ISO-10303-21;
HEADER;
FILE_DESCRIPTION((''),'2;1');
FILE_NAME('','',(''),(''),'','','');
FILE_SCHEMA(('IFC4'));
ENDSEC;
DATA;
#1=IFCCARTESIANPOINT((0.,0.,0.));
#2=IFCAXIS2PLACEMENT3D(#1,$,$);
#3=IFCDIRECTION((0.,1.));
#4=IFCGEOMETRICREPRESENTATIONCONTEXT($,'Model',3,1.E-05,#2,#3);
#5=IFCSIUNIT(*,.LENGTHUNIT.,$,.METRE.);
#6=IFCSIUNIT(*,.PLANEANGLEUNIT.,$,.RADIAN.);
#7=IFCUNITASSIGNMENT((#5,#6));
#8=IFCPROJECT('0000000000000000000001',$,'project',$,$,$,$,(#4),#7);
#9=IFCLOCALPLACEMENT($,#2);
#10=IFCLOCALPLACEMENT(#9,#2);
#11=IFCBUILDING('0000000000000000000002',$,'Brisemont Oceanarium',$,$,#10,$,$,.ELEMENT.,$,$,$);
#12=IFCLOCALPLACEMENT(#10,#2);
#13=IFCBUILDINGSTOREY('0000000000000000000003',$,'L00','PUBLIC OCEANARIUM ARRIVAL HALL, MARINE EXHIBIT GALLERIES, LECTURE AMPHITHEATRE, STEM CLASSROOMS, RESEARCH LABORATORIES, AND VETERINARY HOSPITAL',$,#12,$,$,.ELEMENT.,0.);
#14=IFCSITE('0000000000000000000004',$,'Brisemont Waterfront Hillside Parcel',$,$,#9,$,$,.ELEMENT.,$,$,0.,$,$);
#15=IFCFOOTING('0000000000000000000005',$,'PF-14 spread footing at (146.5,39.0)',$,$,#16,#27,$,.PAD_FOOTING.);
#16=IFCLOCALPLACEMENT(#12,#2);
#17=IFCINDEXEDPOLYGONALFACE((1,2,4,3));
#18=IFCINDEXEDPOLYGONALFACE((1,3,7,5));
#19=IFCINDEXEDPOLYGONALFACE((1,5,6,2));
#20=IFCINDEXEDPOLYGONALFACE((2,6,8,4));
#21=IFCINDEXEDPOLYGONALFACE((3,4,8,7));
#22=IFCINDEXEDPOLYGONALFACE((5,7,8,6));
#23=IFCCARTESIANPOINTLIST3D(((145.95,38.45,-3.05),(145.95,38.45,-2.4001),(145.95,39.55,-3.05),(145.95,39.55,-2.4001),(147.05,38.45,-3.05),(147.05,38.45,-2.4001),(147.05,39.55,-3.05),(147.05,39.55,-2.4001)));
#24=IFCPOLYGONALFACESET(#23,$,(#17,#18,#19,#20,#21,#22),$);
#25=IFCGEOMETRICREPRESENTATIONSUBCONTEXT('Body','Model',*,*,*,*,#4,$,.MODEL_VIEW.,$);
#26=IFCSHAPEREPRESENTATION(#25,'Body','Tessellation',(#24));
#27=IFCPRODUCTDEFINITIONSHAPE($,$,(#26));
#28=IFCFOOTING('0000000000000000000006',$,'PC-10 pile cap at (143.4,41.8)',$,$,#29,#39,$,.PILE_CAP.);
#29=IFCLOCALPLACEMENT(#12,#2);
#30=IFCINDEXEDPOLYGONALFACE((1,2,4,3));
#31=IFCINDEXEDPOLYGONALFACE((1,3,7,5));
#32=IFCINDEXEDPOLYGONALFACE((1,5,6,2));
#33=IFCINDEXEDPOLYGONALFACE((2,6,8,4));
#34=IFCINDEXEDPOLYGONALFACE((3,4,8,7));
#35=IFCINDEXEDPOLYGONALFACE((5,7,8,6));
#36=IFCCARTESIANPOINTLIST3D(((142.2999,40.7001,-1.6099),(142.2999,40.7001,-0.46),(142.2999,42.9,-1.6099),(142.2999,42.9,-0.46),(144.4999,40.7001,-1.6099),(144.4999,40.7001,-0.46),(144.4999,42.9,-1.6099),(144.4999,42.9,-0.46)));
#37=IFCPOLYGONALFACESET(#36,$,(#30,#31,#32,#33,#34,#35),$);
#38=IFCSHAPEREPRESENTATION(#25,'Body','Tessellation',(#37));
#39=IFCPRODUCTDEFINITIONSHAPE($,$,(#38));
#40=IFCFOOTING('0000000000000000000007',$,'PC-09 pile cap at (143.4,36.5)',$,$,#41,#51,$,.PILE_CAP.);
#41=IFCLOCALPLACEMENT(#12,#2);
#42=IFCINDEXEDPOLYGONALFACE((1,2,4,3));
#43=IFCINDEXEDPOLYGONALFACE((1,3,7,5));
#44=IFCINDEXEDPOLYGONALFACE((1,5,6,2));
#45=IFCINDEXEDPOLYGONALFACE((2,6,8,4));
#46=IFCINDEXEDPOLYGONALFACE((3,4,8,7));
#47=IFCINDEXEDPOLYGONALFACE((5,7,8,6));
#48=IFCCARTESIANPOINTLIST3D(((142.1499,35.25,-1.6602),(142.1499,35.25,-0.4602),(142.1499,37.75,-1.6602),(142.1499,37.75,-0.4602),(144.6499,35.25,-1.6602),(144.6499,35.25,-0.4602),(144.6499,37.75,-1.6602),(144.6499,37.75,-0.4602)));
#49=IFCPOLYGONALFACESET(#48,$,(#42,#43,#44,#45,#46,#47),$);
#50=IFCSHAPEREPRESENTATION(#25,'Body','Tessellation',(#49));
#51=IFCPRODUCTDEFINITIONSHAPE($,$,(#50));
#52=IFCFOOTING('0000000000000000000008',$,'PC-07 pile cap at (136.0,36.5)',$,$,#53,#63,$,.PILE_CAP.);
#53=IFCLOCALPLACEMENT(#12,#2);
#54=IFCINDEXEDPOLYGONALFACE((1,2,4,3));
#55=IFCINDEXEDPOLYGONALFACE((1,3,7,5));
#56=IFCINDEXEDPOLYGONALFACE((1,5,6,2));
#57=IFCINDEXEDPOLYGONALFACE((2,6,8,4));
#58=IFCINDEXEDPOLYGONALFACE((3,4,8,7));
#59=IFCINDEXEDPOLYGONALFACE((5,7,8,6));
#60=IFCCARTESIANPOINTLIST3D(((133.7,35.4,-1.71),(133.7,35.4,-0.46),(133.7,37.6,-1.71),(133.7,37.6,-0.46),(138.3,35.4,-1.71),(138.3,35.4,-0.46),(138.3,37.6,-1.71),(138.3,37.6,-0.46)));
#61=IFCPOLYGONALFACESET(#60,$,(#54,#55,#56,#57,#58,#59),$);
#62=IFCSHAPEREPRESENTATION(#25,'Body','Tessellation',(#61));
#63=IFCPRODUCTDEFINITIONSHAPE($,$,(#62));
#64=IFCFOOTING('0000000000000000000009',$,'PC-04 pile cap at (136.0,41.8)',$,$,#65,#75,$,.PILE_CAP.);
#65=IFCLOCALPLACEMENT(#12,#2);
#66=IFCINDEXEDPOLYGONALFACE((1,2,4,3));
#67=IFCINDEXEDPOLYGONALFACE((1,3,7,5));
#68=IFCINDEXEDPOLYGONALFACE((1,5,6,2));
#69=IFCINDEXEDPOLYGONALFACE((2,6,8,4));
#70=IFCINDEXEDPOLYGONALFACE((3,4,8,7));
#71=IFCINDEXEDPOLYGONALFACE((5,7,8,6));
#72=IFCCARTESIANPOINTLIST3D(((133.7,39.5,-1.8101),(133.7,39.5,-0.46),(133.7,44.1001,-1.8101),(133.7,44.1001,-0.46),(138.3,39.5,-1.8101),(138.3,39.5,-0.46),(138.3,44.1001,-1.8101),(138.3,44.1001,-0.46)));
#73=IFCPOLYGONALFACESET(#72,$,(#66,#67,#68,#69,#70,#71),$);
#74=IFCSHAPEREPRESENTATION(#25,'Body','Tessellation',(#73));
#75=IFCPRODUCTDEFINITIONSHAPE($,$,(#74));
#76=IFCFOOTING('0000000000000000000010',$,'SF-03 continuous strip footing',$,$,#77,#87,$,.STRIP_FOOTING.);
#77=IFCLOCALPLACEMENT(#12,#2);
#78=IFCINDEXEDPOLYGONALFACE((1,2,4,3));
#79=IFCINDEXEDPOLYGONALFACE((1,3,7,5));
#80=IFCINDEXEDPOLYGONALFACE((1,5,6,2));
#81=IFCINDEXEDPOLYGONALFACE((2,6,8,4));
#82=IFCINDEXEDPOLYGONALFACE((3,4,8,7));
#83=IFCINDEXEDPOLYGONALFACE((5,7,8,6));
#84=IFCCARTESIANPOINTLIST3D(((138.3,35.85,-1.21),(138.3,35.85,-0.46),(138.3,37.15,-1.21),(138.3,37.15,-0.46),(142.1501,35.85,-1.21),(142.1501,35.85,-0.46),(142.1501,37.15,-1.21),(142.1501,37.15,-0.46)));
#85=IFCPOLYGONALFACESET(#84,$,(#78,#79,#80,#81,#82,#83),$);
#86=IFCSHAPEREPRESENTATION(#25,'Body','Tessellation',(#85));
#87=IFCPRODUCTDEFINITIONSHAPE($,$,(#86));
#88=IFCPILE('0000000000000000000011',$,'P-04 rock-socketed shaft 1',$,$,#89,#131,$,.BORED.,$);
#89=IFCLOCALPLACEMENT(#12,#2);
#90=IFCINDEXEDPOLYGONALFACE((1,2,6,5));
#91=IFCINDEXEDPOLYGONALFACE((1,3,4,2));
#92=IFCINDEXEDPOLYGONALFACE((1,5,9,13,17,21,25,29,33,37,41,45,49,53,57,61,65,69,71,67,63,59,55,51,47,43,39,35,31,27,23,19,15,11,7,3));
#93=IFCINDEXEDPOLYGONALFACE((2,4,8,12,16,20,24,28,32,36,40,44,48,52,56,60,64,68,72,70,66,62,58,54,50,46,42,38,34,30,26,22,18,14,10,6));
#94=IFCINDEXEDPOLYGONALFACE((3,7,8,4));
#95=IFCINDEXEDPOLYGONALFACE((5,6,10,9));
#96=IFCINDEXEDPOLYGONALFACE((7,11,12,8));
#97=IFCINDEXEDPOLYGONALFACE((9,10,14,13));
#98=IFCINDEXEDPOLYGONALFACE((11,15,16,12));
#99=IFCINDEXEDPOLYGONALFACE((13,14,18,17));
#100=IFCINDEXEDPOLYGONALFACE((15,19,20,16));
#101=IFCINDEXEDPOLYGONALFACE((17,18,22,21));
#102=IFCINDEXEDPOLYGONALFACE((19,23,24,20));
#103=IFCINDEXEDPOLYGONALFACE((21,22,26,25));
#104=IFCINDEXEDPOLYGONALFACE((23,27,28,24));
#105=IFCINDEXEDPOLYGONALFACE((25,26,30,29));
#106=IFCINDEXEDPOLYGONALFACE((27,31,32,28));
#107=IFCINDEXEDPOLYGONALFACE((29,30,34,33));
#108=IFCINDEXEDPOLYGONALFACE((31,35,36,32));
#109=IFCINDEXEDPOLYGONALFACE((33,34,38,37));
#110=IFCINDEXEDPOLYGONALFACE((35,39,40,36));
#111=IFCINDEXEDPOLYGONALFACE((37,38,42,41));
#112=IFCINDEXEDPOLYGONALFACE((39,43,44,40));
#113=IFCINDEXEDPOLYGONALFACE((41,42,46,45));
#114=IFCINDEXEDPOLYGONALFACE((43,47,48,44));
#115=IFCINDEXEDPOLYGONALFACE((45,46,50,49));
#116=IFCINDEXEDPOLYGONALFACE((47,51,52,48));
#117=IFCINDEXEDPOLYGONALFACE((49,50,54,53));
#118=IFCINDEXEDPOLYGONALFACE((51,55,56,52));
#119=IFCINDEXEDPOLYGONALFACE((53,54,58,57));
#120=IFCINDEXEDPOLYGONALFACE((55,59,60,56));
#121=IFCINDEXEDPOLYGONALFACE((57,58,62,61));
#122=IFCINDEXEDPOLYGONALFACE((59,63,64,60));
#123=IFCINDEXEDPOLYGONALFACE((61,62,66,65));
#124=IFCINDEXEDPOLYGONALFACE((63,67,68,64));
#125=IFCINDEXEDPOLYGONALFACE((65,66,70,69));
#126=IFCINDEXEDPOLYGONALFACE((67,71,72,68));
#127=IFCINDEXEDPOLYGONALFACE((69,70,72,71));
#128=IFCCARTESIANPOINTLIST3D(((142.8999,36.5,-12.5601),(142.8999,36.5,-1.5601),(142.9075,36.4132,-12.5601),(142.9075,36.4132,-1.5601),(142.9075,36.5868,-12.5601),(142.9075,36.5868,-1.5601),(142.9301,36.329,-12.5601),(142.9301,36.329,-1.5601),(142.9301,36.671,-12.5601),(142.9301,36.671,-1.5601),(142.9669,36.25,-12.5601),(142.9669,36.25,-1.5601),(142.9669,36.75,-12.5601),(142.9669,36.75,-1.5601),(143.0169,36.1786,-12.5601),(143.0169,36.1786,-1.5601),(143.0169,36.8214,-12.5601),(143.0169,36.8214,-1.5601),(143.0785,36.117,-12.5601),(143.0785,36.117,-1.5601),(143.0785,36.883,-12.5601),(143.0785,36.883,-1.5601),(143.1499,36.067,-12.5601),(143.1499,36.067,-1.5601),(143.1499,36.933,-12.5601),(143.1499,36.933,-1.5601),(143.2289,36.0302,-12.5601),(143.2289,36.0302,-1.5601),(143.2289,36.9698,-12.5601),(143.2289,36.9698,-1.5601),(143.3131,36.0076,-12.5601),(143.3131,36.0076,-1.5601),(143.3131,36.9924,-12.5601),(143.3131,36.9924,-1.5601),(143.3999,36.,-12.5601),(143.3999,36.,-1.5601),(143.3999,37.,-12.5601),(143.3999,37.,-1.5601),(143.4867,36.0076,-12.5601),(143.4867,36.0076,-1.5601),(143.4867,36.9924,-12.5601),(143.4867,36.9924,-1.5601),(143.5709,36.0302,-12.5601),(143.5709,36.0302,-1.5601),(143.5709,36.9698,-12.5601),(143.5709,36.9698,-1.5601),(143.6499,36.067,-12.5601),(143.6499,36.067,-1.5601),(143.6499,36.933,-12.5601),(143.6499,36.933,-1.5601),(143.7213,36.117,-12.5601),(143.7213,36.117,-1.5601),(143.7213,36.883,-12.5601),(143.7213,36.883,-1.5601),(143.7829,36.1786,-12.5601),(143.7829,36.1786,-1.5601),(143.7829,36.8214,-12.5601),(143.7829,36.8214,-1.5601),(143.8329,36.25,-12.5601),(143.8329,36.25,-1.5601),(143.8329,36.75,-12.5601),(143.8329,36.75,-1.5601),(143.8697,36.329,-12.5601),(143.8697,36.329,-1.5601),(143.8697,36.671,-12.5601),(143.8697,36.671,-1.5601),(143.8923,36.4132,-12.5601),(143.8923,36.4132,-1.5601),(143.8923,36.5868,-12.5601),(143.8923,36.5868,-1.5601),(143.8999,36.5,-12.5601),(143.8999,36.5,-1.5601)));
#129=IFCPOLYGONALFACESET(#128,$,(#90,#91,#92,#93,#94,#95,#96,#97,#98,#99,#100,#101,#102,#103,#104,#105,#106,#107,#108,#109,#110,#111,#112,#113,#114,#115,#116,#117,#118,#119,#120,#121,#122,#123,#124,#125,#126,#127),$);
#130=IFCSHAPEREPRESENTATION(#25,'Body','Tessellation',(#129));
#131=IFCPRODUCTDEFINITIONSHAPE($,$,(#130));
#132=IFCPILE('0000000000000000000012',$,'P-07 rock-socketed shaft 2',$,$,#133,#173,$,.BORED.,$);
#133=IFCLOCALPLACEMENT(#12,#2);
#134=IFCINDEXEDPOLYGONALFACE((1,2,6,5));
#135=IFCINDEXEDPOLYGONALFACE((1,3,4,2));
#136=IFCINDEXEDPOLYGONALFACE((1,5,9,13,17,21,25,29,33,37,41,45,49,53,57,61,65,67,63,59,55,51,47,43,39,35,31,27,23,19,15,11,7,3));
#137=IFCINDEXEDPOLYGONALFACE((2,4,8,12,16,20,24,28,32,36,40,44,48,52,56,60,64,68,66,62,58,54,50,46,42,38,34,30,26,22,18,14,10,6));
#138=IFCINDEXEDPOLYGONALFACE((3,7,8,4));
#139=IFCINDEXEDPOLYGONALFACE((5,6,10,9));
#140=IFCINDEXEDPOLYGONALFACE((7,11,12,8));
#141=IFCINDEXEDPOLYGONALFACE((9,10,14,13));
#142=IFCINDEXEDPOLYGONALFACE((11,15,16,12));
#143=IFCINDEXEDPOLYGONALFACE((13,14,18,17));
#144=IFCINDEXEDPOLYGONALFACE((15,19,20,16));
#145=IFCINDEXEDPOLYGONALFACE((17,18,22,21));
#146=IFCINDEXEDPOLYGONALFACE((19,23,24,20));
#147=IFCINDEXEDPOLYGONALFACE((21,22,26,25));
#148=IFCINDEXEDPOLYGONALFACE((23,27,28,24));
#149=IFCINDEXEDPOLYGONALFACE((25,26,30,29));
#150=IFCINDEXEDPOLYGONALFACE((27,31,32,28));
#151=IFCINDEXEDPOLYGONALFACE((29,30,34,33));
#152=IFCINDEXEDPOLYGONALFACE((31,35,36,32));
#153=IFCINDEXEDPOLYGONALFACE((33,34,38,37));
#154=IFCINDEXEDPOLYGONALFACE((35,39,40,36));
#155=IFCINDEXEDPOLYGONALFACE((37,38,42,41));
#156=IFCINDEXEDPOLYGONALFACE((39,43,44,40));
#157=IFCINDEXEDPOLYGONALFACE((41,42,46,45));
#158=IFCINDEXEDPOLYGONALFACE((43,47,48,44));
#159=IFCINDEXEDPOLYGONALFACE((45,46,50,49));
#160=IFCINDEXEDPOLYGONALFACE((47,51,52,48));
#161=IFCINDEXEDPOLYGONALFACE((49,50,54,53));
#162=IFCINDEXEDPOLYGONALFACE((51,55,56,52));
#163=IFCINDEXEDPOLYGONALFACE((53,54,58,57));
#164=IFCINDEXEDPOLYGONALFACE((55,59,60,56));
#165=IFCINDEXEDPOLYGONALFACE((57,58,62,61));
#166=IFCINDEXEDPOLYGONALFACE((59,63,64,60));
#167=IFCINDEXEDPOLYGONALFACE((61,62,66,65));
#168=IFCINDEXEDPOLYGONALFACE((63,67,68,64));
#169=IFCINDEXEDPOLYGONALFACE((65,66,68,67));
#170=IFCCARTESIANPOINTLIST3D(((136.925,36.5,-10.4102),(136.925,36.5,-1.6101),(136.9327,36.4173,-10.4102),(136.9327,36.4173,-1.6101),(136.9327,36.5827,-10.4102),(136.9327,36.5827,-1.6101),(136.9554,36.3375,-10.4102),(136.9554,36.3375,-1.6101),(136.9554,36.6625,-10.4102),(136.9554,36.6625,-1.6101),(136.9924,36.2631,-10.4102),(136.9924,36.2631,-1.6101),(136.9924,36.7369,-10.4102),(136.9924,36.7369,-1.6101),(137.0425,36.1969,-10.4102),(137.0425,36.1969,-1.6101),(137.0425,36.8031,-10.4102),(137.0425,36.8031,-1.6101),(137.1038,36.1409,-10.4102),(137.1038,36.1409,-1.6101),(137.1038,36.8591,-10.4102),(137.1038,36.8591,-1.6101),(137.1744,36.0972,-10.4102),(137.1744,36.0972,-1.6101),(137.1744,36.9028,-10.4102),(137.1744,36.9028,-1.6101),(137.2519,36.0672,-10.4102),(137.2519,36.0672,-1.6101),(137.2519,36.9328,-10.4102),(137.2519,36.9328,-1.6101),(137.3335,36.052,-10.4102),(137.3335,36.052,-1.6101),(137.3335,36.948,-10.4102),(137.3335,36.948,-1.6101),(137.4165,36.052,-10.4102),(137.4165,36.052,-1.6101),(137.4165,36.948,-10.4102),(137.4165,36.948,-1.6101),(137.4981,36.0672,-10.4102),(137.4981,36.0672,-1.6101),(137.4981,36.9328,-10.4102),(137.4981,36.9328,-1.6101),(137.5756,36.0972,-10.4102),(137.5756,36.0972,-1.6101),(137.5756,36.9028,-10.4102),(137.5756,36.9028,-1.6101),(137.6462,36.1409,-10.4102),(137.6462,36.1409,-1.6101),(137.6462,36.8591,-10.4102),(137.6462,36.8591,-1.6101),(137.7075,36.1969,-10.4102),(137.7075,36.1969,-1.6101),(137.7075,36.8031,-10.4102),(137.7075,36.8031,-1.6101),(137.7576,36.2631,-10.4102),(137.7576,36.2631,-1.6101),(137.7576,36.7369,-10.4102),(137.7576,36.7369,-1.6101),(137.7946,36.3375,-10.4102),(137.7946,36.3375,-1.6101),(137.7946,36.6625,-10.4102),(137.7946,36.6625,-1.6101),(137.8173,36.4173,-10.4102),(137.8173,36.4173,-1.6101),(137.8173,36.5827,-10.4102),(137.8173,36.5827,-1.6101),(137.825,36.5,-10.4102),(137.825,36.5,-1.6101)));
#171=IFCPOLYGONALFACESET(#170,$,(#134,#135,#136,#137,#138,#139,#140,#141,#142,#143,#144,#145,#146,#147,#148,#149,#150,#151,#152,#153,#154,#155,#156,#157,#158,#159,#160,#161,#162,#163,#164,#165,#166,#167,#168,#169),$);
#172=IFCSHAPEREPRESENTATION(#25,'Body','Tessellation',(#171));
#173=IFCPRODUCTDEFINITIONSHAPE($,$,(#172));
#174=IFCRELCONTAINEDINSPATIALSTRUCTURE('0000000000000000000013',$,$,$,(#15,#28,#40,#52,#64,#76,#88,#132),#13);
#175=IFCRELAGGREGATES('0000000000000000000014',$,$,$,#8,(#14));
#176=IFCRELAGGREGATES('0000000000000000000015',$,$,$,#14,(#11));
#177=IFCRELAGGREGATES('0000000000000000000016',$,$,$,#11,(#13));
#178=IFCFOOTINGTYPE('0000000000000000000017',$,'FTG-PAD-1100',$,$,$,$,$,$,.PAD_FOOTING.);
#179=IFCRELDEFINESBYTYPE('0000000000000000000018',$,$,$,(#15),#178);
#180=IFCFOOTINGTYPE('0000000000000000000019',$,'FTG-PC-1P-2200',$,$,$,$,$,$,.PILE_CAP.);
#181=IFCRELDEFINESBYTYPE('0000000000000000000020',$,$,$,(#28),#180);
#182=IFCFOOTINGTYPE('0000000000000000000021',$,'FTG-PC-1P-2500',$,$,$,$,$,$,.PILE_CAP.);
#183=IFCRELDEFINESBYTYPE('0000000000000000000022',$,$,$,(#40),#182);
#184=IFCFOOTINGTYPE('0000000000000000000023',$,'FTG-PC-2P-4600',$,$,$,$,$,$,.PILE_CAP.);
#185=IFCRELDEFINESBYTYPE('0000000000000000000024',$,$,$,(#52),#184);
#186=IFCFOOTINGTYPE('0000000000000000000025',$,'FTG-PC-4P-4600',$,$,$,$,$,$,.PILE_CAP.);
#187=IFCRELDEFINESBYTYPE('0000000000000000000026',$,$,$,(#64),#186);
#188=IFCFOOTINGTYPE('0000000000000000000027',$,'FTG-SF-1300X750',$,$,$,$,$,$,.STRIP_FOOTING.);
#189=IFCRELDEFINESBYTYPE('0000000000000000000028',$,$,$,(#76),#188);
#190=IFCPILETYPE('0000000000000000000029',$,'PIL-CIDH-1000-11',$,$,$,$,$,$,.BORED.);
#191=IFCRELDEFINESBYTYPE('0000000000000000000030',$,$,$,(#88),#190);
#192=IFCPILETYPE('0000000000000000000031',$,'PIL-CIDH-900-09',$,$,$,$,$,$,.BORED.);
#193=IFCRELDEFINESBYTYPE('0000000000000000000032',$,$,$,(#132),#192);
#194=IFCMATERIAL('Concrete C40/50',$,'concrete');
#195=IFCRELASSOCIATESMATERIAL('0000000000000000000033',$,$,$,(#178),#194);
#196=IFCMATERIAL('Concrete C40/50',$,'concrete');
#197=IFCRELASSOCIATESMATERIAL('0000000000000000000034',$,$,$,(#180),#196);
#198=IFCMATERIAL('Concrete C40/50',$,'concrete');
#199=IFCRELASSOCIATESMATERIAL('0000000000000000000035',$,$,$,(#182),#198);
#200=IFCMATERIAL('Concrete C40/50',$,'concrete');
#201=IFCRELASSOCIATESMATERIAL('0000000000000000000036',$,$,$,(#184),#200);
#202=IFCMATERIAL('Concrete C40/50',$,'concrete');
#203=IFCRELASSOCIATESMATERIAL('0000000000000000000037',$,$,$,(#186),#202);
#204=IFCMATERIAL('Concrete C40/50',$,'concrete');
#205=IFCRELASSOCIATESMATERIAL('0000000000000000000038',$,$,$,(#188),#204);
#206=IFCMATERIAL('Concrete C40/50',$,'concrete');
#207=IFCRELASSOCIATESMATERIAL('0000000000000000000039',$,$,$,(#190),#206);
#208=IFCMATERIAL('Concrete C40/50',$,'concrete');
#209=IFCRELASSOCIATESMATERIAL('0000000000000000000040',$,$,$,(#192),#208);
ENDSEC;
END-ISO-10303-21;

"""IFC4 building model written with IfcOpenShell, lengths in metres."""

from ifc_helpers import new_model, si_unit, direction, frame, origin, origin_2d, place, context, subcontext, project, spatial, rectangle, circle, extrude, material, material_profile, profile_set, type_object, element, save


model = new_model("IFC4")

# Units and contexts
model_context = context("Model", 3, precision=1e-05, world=origin(), true_north=direction((0.0, 1.0)))
body_context = subcontext(model_context, "Body", "Model", "MODEL_VIEW")
ifc_project = project(units=[si_unit("LENGTHUNIT", "METRE"), si_unit("PLANEANGLEUNIT", "RADIAN")], contexts=[model_context])

# Site, building, storey
site_placement = place(None, origin())
site = spatial("IfcSite", under=ifc_project, at=site_placement, Name="Brisemont Waterfront Hillside Parcel", CompositionType="ELEMENT", RefElevation=0.0)
building_placement = place(site_placement, origin())
building = spatial("IfcBuilding", under=site, at=building_placement, Name="Brisemont Oceanarium", CompositionType="ELEMENT")
storey_placement = place(building_placement, origin())
storey = spatial("IfcBuildingStorey", under=building, at=storey_placement, Name="L00", Description="PUBLIC OCEANARIUM ARRIVAL HALL, MARINE EXHIBIT GALLERIES, LECTURE AMPHITHEATRE, STEM CLASSROOMS, RESEARCH LABORATORIES, AND VETERINARY HOSPITAL", CompositionType="ELEMENT", Elevation=0.0)

# Footings
ifc_material_1 = material(Name="Concrete C40/50", Category="concrete")
footing_type_1 = type_object("IfcFootingType", Name="FTG-PAD-1100", PredefinedType="PAD_FOOTING", material=ifc_material_1)
footing_1_placement = place(storey_placement, frame((146.5, 39.0, -3.05), z_axis=(0.0, 0.0, 1.0), x_axis=(1.0, 0.0, 0.0)))
element("IfcFooting", 1, at=footing_1_placement, inside=storey, type_object=footing_type_1, Name="PF-14 spread footing at (146.5,39.0)", PredefinedType="PAD_FOOTING", context=body_context, shape_type="SweptSolid", body=[
    extrude(rectangle(XDim=1.1001, YDim=1.1001, at=origin_2d()), origin(), (0.0, 0.0, 1.0), 0.6499),
])
ifc_material_2 = material(Name="Concrete C40/50", Category="concrete")
footing_type_2 = type_object("IfcFootingType", Name="FTG-PC-1P-2200", PredefinedType="PILE_CAP", material=ifc_material_2)
footing_2_placement = place(storey_placement, frame((143.3999, 41.8, -1.6099), z_axis=(0.0, 0.0, 1.0), x_axis=(1.0, 0.0, 0.0)))
element("IfcFooting", 2, at=footing_2_placement, inside=storey, type_object=footing_type_2, Name="PC-10 pile cap at (143.4,41.8)", PredefinedType="PILE_CAP", context=body_context, shape_type="SweptSolid", body=[
    extrude(rectangle(XDim=2.2, YDim=2.2, at=origin_2d()), origin(), (0.0, 0.0, 1.0), 1.1499),
])
ifc_material_3 = material(Name="Concrete C40/50", Category="concrete")
footing_type_3 = type_object("IfcFootingType", Name="FTG-PC-1P-2500", PredefinedType="PILE_CAP", material=ifc_material_3)
footing_3_placement = place(storey_placement, frame((143.3999, 36.5, -1.6602), z_axis=(0.0, 0.0, 1.0), x_axis=(1.0, 0.0, 0.0)))
element("IfcFooting", 3, at=footing_3_placement, inside=storey, type_object=footing_type_3, Name="PC-09 pile cap at (143.4,36.5)", PredefinedType="PILE_CAP", context=body_context, shape_type="SweptSolid", body=[
    extrude(rectangle(XDim=2.5, YDim=2.5, at=origin_2d()), origin(), (0.0, 0.0, 1.0), 1.2),
])
ifc_material_4 = material(Name="Concrete C40/50", Category="concrete")
footing_type_4 = type_object("IfcFootingType", Name="FTG-PC-2P-4600", PredefinedType="PILE_CAP", material=ifc_material_4)
footing_4_placement = place(storey_placement, frame((136.0, 36.5, -1.71), z_axis=(0.0, 0.0, 1.0), x_axis=(1.0, 0.0, 0.0)))
element("IfcFooting", 4, at=footing_4_placement, inside=storey, type_object=footing_type_4, Name="PC-07 pile cap at (136.0,36.5)", PredefinedType="PILE_CAP", context=body_context, shape_type="SweptSolid", body=[
    extrude(rectangle(XDim=4.6001, YDim=2.2, at=origin_2d()), origin(), (0.0, 0.0, 1.0), 1.25),
])
ifc_material_5 = material(Name="Concrete C40/50", Category="concrete")
footing_type_5 = type_object("IfcFootingType", Name="FTG-PC-4P-4600", PredefinedType="PILE_CAP", material=ifc_material_5)
footing_5_placement = place(storey_placement, frame((136.0, 41.8, -1.8101), z_axis=(0.0, 0.0, 1.0), x_axis=(1.0, 0.0, 0.0)))
element("IfcFooting", 5, at=footing_5_placement, inside=storey, type_object=footing_type_5, Name="PC-04 pile cap at (136.0,41.8)", PredefinedType="PILE_CAP", context=body_context, shape_type="SweptSolid", body=[
    extrude(rectangle(XDim=4.6001, YDim=4.6001, at=origin_2d()), origin(), (0.0, 0.0, 1.0), 1.3501),
])
ifc_material_6 = material(Name="Concrete C40/50", Category="concrete")
footing_type_6 = type_object("IfcFootingType", Name="FTG-SF-1300X750", PredefinedType="STRIP_FOOTING", material=ifc_material_6)
footing_6_placement = place(storey_placement, frame((140.2251, 36.5, -1.21), z_axis=(0.0, 0.0, 1.0), x_axis=(1.0, 0.0, 0.0)))
element("IfcFooting", 6, at=footing_6_placement, inside=storey, type_object=footing_type_6, Name="SF-03 continuous strip footing", PredefinedType="STRIP_FOOTING", context=body_context, shape_type="SweptSolid", body=[
    extrude(rectangle(XDim=3.8501, YDim=1.3, at=origin_2d()), origin(), (0.0, 0.0, 1.0), 0.75),
])

# Piles
ifc_material_7 = material(Name="Concrete C40/50", Category="concrete")
ifc_material_profile_1 = material_profile(ifc_material_7, circle(Radius=0.5, at=origin_2d()), Name="CIDH-D1000")
ifc_profile_set_1 = profile_set([ifc_material_profile_1], Name="Concrete C40/50")
pile_type_1 = type_object("IfcPileType", Name="PIL-CIDH-1000-11", PredefinedType="BORED", material=ifc_profile_set_1)
pile_1_placement = place(storey_placement, frame((143.3999, 36.5, -1.5601), z_axis=(0.0, 0.0, -1.0), x_axis=(1.0, 0.0, 0.0)))
element("IfcPile", 7, at=pile_1_placement, inside=storey, type_object=pile_type_1, Name="P-04 rock-socketed shaft 1", PredefinedType="BORED", context=body_context, shape_type="SweptSolid", body=[
    extrude(circle(Radius=0.5, at=origin_2d()), origin(), (0.0, 0.0, 1.0), 11.0),
])
ifc_material_8 = material(Name="Concrete C40/50", Category="concrete")
ifc_material_profile_2 = material_profile(ifc_material_8, circle(Radius=0.45, at=origin_2d()), Name="CIDH-D900")
ifc_profile_set_2 = profile_set([ifc_material_profile_2], Name="Concrete C40/50")
pile_type_2 = type_object("IfcPileType", Name="PIL-CIDH-900-09", PredefinedType="BORED", material=ifc_profile_set_2)
pile_2_placement = place(storey_placement, frame((137.375, 36.5, -1.6101), z_axis=(0.0, 0.0, -1.0), x_axis=(1.0, 0.0, 0.0)))
element("IfcPile", 8, at=pile_2_placement, inside=storey, type_object=pile_type_2, Name="P-07 rock-socketed shaft 2", PredefinedType="BORED", context=body_context, shape_type="SweptSolid", body=[
    extrude(circle(Radius=0.45, at=origin_2d()), origin(), (0.0, 0.0, 1.0), 8.8),
])

save(model, "model.ifc")
